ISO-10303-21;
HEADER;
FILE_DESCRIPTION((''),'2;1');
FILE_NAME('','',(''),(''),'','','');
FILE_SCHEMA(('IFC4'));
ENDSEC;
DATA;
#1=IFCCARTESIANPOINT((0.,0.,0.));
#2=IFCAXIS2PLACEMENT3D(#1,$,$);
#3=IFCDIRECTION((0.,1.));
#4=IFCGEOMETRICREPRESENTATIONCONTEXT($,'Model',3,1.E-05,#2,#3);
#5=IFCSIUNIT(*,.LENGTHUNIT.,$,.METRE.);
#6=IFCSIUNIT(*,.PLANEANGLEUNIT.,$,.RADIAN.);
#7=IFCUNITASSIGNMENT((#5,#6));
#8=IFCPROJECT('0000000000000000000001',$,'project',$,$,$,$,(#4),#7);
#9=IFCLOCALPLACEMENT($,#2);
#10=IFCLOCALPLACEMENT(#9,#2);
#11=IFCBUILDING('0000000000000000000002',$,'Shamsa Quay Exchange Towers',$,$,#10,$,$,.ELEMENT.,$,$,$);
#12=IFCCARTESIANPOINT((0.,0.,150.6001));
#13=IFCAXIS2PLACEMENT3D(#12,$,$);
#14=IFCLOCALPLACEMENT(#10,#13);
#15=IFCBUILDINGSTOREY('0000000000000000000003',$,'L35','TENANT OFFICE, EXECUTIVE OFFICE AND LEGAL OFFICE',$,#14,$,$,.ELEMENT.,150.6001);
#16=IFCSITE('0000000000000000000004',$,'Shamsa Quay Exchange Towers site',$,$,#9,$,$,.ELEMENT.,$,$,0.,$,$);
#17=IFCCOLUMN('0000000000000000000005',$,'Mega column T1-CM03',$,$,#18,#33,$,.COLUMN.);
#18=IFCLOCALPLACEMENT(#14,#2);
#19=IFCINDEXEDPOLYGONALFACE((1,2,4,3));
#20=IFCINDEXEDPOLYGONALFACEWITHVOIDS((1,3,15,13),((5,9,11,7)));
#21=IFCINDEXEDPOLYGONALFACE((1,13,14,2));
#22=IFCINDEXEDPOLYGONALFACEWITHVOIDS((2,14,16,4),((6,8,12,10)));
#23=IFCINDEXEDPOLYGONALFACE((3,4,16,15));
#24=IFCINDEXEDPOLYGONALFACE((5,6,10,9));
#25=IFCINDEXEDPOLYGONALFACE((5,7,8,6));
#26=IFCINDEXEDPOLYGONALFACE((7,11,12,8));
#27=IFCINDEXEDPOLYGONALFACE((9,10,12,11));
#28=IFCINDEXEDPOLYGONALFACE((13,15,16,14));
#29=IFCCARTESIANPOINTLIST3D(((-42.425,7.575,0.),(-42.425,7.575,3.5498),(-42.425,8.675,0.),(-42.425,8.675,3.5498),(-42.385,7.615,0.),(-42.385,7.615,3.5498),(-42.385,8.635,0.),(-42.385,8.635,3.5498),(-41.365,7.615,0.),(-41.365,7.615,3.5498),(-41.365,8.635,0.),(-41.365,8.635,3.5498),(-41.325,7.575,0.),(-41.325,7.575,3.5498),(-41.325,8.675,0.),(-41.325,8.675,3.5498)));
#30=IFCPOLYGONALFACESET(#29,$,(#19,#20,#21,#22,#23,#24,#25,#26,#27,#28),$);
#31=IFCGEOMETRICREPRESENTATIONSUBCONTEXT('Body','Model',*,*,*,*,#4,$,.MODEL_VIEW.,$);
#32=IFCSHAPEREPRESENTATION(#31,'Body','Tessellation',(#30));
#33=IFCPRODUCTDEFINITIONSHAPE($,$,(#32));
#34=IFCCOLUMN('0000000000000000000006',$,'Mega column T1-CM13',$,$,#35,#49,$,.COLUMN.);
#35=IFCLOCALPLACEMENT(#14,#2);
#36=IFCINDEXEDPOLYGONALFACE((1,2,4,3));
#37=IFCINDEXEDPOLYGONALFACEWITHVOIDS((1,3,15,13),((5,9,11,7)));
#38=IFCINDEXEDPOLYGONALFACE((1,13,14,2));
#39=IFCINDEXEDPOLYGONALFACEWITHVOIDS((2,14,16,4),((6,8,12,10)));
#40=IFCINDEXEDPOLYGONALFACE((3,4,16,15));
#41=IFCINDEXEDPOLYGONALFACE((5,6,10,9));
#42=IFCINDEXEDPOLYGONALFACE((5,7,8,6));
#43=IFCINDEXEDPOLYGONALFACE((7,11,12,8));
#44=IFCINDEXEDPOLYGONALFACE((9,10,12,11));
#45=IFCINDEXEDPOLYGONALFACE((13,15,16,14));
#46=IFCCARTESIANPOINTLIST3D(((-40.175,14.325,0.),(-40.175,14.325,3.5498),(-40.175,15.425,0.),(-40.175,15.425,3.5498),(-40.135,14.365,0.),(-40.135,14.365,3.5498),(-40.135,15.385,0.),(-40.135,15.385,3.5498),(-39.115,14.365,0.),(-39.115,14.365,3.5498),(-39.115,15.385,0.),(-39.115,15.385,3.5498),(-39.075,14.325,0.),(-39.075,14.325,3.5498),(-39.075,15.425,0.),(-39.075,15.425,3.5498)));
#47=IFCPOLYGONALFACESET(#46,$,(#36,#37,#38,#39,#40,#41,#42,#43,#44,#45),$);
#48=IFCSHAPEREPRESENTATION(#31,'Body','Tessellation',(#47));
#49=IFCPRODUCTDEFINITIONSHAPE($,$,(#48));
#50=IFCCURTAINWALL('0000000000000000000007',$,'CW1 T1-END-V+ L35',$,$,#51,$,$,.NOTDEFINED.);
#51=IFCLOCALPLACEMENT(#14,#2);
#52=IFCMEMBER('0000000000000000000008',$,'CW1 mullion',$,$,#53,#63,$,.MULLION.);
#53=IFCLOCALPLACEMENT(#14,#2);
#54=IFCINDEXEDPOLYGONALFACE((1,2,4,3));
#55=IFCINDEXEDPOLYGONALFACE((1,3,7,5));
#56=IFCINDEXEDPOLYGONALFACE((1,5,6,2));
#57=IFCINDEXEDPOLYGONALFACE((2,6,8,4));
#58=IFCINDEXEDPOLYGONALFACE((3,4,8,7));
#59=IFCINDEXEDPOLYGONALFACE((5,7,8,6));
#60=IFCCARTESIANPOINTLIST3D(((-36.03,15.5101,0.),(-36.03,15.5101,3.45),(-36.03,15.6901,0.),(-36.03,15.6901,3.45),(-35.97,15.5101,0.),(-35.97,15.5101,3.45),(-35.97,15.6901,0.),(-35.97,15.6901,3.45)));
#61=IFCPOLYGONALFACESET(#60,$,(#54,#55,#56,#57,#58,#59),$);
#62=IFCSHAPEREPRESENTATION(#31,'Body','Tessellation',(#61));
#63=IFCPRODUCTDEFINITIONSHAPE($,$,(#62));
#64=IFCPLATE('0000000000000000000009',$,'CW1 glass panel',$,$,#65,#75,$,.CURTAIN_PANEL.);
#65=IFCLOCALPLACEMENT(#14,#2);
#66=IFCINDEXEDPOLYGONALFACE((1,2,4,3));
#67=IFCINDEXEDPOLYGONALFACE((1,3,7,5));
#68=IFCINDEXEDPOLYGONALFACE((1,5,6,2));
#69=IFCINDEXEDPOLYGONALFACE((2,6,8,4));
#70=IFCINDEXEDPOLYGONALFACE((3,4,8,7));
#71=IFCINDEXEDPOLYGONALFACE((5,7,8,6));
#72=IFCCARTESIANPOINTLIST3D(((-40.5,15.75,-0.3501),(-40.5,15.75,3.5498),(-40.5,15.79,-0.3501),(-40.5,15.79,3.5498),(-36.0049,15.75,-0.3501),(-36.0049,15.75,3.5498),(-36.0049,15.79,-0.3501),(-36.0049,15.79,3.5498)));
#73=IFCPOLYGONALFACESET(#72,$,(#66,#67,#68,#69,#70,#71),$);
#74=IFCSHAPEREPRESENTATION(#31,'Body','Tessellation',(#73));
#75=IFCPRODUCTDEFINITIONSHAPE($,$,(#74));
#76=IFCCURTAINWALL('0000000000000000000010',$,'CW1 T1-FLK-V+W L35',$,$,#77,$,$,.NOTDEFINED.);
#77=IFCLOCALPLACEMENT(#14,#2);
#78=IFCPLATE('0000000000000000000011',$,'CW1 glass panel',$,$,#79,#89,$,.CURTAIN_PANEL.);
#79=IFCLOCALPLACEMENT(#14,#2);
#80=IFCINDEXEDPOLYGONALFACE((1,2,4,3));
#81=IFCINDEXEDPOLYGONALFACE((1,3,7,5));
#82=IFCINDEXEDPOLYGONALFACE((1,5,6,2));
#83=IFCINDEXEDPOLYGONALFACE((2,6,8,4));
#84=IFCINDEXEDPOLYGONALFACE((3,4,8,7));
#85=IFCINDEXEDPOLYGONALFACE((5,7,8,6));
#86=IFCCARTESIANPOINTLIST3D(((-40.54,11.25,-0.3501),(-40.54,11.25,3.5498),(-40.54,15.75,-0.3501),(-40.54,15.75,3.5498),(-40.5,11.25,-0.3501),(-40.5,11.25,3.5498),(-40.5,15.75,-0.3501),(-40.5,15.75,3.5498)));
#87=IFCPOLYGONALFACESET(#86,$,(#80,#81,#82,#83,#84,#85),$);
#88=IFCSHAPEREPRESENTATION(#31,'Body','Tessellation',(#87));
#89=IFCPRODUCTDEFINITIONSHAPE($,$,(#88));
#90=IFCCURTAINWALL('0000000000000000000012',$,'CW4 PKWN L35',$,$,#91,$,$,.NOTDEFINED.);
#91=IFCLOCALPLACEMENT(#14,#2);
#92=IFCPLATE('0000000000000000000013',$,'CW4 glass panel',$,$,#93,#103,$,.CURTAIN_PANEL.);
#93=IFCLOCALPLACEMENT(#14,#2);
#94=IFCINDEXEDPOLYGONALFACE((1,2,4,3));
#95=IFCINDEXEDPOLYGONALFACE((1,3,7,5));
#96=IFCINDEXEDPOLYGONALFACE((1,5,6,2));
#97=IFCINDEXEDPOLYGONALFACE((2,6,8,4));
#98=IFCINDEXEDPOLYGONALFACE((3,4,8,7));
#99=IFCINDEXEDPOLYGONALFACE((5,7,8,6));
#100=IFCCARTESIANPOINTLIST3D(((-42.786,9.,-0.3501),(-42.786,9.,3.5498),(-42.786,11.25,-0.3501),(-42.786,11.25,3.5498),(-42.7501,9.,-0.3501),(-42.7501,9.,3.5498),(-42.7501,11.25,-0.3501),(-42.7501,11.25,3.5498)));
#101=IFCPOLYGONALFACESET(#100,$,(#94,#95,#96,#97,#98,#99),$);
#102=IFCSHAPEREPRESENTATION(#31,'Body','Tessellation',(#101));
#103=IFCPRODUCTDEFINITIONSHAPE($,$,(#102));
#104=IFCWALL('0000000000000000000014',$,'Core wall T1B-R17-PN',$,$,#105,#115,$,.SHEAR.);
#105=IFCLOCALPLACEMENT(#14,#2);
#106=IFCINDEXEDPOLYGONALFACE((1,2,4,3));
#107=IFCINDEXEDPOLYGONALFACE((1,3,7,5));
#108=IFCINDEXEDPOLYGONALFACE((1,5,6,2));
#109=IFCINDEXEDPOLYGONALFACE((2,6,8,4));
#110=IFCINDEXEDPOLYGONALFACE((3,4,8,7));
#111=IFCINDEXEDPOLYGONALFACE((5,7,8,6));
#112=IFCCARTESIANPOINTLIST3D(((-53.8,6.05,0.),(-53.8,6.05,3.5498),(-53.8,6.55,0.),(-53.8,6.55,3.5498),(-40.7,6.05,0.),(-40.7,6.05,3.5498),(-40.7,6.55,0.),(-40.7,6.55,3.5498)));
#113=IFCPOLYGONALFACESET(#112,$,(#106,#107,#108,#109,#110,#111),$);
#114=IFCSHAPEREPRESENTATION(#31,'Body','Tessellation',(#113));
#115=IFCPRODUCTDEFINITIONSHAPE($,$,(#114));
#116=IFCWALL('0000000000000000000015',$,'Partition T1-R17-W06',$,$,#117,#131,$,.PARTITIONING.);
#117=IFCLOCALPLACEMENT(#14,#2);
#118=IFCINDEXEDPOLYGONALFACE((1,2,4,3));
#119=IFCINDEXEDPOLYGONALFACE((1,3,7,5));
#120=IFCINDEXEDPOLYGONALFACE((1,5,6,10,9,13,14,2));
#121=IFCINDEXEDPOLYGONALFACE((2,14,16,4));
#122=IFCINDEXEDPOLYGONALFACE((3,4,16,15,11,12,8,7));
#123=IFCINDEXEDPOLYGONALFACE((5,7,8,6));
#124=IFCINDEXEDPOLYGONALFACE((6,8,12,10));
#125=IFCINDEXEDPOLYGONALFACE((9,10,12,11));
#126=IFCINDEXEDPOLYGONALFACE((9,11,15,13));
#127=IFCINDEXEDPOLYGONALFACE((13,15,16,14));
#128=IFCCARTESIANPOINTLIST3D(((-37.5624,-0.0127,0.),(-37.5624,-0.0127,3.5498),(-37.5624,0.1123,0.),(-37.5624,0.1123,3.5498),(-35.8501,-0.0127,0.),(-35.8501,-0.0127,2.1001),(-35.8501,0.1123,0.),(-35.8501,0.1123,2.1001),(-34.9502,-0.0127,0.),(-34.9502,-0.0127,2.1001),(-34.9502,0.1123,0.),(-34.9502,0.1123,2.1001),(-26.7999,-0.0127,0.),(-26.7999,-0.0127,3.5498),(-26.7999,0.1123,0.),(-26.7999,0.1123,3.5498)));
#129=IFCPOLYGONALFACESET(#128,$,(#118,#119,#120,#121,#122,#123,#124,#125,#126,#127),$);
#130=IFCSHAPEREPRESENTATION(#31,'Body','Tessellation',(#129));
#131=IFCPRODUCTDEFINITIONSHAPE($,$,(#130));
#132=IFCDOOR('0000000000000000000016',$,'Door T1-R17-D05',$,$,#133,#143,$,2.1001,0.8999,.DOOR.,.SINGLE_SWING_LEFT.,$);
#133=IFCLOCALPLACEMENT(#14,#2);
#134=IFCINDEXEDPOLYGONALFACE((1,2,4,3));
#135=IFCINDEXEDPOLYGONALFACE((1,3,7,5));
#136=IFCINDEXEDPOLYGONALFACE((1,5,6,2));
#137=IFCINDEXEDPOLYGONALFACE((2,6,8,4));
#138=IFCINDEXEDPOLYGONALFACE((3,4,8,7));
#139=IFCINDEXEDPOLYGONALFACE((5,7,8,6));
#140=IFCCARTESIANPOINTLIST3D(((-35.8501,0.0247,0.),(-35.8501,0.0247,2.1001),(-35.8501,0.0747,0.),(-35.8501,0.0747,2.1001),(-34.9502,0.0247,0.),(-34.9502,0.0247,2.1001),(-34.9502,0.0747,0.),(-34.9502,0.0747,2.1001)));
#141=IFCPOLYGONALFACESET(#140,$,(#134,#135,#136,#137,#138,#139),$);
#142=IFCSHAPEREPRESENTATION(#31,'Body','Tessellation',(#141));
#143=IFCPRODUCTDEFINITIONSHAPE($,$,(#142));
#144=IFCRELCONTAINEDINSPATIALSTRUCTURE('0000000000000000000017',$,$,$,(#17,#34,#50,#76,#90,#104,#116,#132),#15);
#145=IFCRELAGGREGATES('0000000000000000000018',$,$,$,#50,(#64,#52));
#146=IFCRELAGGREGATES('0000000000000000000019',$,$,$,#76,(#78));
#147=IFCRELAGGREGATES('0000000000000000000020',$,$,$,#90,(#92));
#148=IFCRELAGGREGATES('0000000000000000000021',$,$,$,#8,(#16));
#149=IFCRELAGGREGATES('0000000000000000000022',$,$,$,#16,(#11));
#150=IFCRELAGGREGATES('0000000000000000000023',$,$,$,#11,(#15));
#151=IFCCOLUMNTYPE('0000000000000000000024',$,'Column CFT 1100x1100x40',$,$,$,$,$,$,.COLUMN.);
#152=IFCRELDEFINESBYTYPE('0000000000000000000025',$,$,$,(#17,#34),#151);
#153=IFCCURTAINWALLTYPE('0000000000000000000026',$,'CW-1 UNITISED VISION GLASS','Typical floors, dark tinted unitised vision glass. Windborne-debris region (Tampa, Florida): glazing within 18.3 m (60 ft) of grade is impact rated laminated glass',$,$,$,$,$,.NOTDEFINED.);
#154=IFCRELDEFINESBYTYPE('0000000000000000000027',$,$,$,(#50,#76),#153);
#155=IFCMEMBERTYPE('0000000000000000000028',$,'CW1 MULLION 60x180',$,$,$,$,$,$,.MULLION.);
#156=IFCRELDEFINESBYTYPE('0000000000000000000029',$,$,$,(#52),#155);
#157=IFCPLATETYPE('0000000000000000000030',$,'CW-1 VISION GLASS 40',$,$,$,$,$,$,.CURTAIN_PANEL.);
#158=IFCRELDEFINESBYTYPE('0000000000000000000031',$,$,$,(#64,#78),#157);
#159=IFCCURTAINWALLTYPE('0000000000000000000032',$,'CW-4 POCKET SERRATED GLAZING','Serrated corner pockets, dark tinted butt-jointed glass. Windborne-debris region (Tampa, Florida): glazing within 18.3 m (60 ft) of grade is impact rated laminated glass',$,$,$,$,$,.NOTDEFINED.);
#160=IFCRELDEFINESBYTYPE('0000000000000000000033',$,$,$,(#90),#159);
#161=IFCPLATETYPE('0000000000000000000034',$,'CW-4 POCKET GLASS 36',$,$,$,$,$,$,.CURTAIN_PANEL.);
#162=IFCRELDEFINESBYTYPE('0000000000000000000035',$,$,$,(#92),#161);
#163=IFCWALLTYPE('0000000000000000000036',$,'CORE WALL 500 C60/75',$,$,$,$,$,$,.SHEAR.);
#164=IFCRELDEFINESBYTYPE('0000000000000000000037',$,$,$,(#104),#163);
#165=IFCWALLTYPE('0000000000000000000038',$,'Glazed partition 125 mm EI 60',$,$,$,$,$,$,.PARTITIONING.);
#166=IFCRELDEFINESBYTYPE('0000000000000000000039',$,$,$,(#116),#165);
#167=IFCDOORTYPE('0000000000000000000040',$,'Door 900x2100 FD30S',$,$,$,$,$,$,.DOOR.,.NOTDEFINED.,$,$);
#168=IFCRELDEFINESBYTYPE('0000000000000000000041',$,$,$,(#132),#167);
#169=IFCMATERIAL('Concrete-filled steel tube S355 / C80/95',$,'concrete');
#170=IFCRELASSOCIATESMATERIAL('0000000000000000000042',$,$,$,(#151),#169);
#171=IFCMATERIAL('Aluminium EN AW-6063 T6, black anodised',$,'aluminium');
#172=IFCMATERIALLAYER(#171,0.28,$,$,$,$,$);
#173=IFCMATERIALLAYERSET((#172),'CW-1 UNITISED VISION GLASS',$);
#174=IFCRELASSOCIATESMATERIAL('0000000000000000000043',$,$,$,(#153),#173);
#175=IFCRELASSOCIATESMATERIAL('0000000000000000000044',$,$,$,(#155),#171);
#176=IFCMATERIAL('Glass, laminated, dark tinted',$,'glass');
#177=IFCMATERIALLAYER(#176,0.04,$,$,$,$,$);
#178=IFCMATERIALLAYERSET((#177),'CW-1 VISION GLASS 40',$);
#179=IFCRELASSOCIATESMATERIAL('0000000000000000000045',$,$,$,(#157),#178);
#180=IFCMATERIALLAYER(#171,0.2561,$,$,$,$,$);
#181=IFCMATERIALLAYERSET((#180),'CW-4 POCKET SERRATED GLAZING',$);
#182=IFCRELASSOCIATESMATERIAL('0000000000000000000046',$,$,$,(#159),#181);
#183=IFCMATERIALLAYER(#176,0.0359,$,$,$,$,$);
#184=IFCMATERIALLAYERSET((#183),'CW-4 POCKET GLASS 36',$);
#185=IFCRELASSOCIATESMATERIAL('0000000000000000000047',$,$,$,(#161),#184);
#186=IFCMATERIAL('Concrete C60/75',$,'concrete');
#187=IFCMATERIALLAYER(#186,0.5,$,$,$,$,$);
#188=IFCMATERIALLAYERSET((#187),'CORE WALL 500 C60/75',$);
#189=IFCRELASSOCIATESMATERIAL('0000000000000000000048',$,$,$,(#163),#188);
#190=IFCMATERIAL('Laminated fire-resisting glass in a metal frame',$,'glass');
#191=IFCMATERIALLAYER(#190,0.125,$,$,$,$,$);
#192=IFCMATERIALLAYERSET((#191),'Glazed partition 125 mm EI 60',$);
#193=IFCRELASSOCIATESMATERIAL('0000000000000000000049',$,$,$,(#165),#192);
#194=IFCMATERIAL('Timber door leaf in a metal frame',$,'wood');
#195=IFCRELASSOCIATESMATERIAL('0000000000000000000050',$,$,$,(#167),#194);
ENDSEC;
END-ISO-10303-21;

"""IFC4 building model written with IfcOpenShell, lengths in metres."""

from ifc_helpers import new_model, si_unit, direction, frame, frame_2d, origin, origin_2d, place, context, subcontext, project, spatial, rectangle, hollow_rectangle, extrude, material, layer, layer_set, material_profile, profile_set, type_object, element, fill, aggregate, save


model = new_model("IFC4")

# Units and contexts
model_context = context("Model", 3, precision=1e-05, world=origin(), true_north=direction((0.0, 1.0)))
body_context = subcontext(model_context, "Body", "Model", "MODEL_VIEW")
ifc_project = project(units=[si_unit("LENGTHUNIT", "METRE"), si_unit("PLANEANGLEUNIT", "RADIAN")], contexts=[model_context])

# Site, building, storey
site_placement = place(None, origin())
site = spatial("IfcSite", under=ifc_project, at=site_placement, Name="Shamsa Quay Exchange Towers site", CompositionType="ELEMENT", RefElevation=0.0)
building_placement = place(site_placement, origin())
building = spatial("IfcBuilding", under=site, at=building_placement, Name="Shamsa Quay Exchange Towers", CompositionType="ELEMENT")
storey_placement = place(building_placement, frame((0.0, 0.0, 150.6001)))
storey = spatial("IfcBuildingStorey", under=building, at=storey_placement, Name="L35", Description="TENANT OFFICE, EXECUTIVE OFFICE AND LEGAL OFFICE", CompositionType="ELEMENT", Elevation=150.6001)

# Columns
ifc_material_1 = material(Name="Concrete-filled steel tube S355 / C80/95", Category="concrete")
ifc_material_profile_1 = material_profile(ifc_material_1, hollow_rectangle(XDim=1.1001, YDim=1.1001, WallThickness=0.04, at=origin_2d()), Name="CFT 1100x1100x40")
ifc_profile_set_1 = profile_set([ifc_material_profile_1], Name="Concrete-filled steel tube S355 / C80/95")
column_type = type_object("IfcColumnType", Name="Column CFT 1100x1100x40", PredefinedType="COLUMN", material=ifc_profile_set_1)
for number, where, name in (
    (1, (-41.875, 8.125, 0.0), "Mega column T1-CM03"),
    (2, (-39.625, 14.875, 0.0), "Mega column T1-CM13"),
):
    element("IfcColumn", number, at=place(storey_placement, frame(where)), inside=storey, type_object=column_type, Name=name, PredefinedType="COLUMN", context=body_context, shape_type="SweptSolid", body=[
        extrude(hollow_rectangle(XDim=1.1001, YDim=1.1001, WallThickness=0.04, at=origin_2d()), origin(), (0.0, 0.0, 1.0), 3.5498),
    ])

# Curtain wall, member, plate
ifc_material_2 = material(Name="Aluminium EN AW-6063 T6, black anodised", Category="aluminium")
ifc_layer_1 = layer(ifc_material_2, 0.28)
ifc_layer_set_1 = layer_set([ifc_layer_1], Name="CW-1 UNITISED VISION GLASS")
curtain_wall_type_1 = type_object("IfcCurtainWallType", Name="CW-1 UNITISED VISION GLASS", Description="Typical floors, dark tinted unitised vision glass. Windborne-debris region (Tampa, Florida): glazing within 18.3 m (60 ft) of grade is impact rated laminated glass", PredefinedType="NOTDEFINED", material=ifc_layer_set_1)
curtain_wall_1_placement = place(storey_placement, origin())
curtain_wall_1 = element("IfcCurtainWall", 3, at=curtain_wall_1_placement, inside=storey, type_object=curtain_wall_type_1, Name="CW1 T1-END-V+ L35", PredefinedType="NOTDEFINED")
ifc_material_profile_2 = material_profile(ifc_material_2, rectangle(XDim=0.1799, YDim=0.0601, at=origin_2d()), Name="MU60x180")
ifc_profile_set_2 = profile_set([ifc_material_profile_2], Name="Aluminium EN AW-6063 T6, black anodised")
member_type = type_object("IfcMemberType", Name="CW1 MULLION 60x180", PredefinedType="MULLION", material=ifc_profile_set_2)
member_placement = place(storey_placement, frame((-36.0, 15.6001, 0.0), z_axis=(0.0, 0.0, 1.0), x_axis=(0.0, -1.0, 0.0)))
member = element("IfcMember", 4, at=member_placement, type_object=member_type, Name="CW1 mullion", PredefinedType="MULLION", context=body_context, shape_type="SweptSolid", body=[
    extrude(rectangle(XDim=0.1799, YDim=0.0601, at=origin_2d()), origin(), (0.0, 0.0, 1.0), 3.45),
])
ifc_material_3 = material(Name="Glass, laminated, dark tinted", Category="glass")
ifc_layer_2 = layer(ifc_material_3, 0.04)
ifc_layer_set_2 = layer_set([ifc_layer_2], Name="CW-1 VISION GLASS 40")
plate_type_1 = type_object("IfcPlateType", Name="CW-1 VISION GLASS 40", PredefinedType="CURTAIN_PANEL", material=ifc_layer_set_2)
plate_1_placement = place(storey_placement, frame((-38.2524, 15.77, -0.3501), z_axis=(0.0, 0.0, 1.0), x_axis=(-1.0, 0.0, 0.0)))
plate_1 = element("IfcPlate", 5, at=plate_1_placement, type_object=plate_type_1, Name="CW1 glass panel", PredefinedType="CURTAIN_PANEL", context=body_context, shape_type="SweptSolid", body=[
    extrude(rectangle(XDim=4.4951, YDim=0.04, at=origin_2d()), origin(), (0.0, 0.0, 1.0), 3.8999),
])
aggregate(curtain_wall_1, [plate_1, member])

# Curtain walls, plates
curtain_wall_2_placement = place(storey_placement, origin())
curtain_wall_2 = element("IfcCurtainWall", 6, at=curtain_wall_2_placement, inside=storey, type_object=curtain_wall_type_1, Name="CW1 T1-FLK-V+W L35", PredefinedType="NOTDEFINED")
plate_2_placement = place(storey_placement, frame((-40.52, 13.5, -0.3501), z_axis=(0.0, 0.0, 1.0), x_axis=(0.0, -1.0, 0.0)))
plate_2 = element("IfcPlate", 7, at=plate_2_placement, type_object=plate_type_1, Name="CW1 glass panel", PredefinedType="CURTAIN_PANEL", context=body_context, shape_type="SweptSolid", body=[
    extrude(rectangle(XDim=4.5, YDim=0.04, at=origin_2d()), origin(), (0.0, 0.0, 1.0), 3.8999),
])
aggregate(curtain_wall_2, [plate_2])
ifc_layer_3 = layer(ifc_material_2, 0.2561)
ifc_layer_set_3 = layer_set([ifc_layer_3], Name="CW-4 POCKET SERRATED GLAZING")
curtain_wall_type_2 = type_object("IfcCurtainWallType", Name="CW-4 POCKET SERRATED GLAZING", Description="Serrated corner pockets, dark tinted butt-jointed glass. Windborne-debris region (Tampa, Florida): glazing within 18.3 m (60 ft) of grade is impact rated laminated glass", PredefinedType="NOTDEFINED", material=ifc_layer_set_3)
curtain_wall_3_placement = place(storey_placement, origin())
curtain_wall_3 = element("IfcCurtainWall", 8, at=curtain_wall_3_placement, inside=storey, type_object=curtain_wall_type_2, Name="CW4 PKWN L35", PredefinedType="NOTDEFINED")
ifc_layer_4 = layer(ifc_material_3, 0.0359)
ifc_layer_set_4 = layer_set([ifc_layer_4], Name="CW-4 POCKET GLASS 36")
plate_type_2 = type_object("IfcPlateType", Name="CW-4 POCKET GLASS 36", PredefinedType="CURTAIN_PANEL", material=ifc_layer_set_4)
plate_3_placement = place(storey_placement, frame((-42.7681, 10.125, -0.3501), z_axis=(0.0, 0.0, 1.0), x_axis=(0.0, -1.0, 0.0)))
plate_3 = element("IfcPlate", 9, at=plate_3_placement, type_object=plate_type_2, Name="CW4 glass panel", PredefinedType="CURTAIN_PANEL", context=body_context, shape_type="SweptSolid", body=[
    extrude(rectangle(XDim=2.25, YDim=0.0359, at=origin_2d()), origin(), (0.0, 0.0, 1.0), 3.8999),
])
aggregate(curtain_wall_3, [plate_3])

# Wall
ifc_material_4 = material(Name="Concrete C60/75", Category="concrete")
ifc_layer_5 = layer(ifc_material_4, 0.5)
ifc_layer_set_5 = layer_set([ifc_layer_5], Name="CORE WALL 500 C60/75")
wall_type_1 = type_object("IfcWallType", Name="CORE WALL 500 C60/75", PredefinedType="SHEAR", material=ifc_layer_set_5)
wall_1_placement = place(storey_placement, frame((-40.7, 6.3, 0.0), z_axis=(0.0, 0.0, 1.0), x_axis=(-1.0, 0.0, 0.0)))
element("IfcWall", 10, at=wall_1_placement, inside=storey, type_object=wall_type_1, Name="Core wall T1B-R17-PN", PredefinedType="SHEAR", context=body_context, shape_type="SweptSolid", body=[
    extrude(rectangle(XDim=13.1001, YDim=0.5, at=frame_2d((6.55, 0.0))), origin(), (0.0, 0.0, 1.0), 3.5498),
])

# Wall, opening, door
ifc_material_5 = material(Name="Laminated fire-resisting glass in a metal frame", Category="glass")
ifc_layer_6 = layer(ifc_material_5, 0.125)
ifc_layer_set_6 = layer_set([ifc_layer_6], Name="Glazed partition 125 mm EI 60")
wall_type_2 = type_object("IfcWallType", Name="Glazed partition 125 mm EI 60", PredefinedType="PARTITIONING", material=ifc_layer_set_6)
wall_2_placement = place(storey_placement, frame((-37.5625, 0.0498, 0.0)))
wall_2 = element("IfcWall", 11, at=wall_2_placement, inside=storey, type_object=wall_type_2, Name="Partition T1-R17-W06", PredefinedType="PARTITIONING", context=body_context, shape_type="SweptSolid", body=[
    extrude(rectangle(XDim=10.7625, YDim=0.125, at=frame_2d((5.3813, 0.0))), origin(), (0.0, 0.0, 1.0), 3.5498),
])
opening_1_placement = place(wall_2_placement, frame((1.7124, 0.0, 0.0)))
opening_1 = element("IfcOpeningElement", 12, at=opening_1_placement, cuts=wall_2, PredefinedType="OPENING", context=body_context, shape_type="SweptSolid", body=[
    extrude(rectangle(XDim=0.8999, YDim=2.1001, at=frame_2d((0.45, 1.05))), frame((0.0, 0.0725, 0.0), z_axis=(0.0, -1.0, 0.0), x_axis=(1.0, 0.0, 0.0)), (0.0, 0.0, 1.0), 0.145),
])
ifc_material_6 = material(Name="Timber door leaf in a metal frame", Category="wood")
door_type_1 = type_object("IfcDoorType", Name="Door 900x2100 FD30S", OperationType="NOTDEFINED", PredefinedType="DOOR", material=ifc_material_6)
door_1_placement = place(opening_1_placement, origin())
door_1 = element("IfcDoor", 13, at=door_1_placement, inside=storey, type_object=door_type_1, Name="Door T1-R17-D05", OperationType="SINGLE_SWING_LEFT", OverallHeight=2.1001, OverallWidth=0.8999, PredefinedType="DOOR", context=body_context, shape_type="SweptSolid", body=[
    extrude(rectangle(XDim=0.8999, YDim=2.1001, at=frame_2d((0.45, 1.05))), frame((0.0, 0.0249, 0.0), z_axis=(0.0, -1.0, 0.0), x_axis=(1.0, 0.0, 0.0)), (0.0, 0.0, 1.0), 0.05),
])
fill(opening_1, door_1)

save(model, "model.ifc")
